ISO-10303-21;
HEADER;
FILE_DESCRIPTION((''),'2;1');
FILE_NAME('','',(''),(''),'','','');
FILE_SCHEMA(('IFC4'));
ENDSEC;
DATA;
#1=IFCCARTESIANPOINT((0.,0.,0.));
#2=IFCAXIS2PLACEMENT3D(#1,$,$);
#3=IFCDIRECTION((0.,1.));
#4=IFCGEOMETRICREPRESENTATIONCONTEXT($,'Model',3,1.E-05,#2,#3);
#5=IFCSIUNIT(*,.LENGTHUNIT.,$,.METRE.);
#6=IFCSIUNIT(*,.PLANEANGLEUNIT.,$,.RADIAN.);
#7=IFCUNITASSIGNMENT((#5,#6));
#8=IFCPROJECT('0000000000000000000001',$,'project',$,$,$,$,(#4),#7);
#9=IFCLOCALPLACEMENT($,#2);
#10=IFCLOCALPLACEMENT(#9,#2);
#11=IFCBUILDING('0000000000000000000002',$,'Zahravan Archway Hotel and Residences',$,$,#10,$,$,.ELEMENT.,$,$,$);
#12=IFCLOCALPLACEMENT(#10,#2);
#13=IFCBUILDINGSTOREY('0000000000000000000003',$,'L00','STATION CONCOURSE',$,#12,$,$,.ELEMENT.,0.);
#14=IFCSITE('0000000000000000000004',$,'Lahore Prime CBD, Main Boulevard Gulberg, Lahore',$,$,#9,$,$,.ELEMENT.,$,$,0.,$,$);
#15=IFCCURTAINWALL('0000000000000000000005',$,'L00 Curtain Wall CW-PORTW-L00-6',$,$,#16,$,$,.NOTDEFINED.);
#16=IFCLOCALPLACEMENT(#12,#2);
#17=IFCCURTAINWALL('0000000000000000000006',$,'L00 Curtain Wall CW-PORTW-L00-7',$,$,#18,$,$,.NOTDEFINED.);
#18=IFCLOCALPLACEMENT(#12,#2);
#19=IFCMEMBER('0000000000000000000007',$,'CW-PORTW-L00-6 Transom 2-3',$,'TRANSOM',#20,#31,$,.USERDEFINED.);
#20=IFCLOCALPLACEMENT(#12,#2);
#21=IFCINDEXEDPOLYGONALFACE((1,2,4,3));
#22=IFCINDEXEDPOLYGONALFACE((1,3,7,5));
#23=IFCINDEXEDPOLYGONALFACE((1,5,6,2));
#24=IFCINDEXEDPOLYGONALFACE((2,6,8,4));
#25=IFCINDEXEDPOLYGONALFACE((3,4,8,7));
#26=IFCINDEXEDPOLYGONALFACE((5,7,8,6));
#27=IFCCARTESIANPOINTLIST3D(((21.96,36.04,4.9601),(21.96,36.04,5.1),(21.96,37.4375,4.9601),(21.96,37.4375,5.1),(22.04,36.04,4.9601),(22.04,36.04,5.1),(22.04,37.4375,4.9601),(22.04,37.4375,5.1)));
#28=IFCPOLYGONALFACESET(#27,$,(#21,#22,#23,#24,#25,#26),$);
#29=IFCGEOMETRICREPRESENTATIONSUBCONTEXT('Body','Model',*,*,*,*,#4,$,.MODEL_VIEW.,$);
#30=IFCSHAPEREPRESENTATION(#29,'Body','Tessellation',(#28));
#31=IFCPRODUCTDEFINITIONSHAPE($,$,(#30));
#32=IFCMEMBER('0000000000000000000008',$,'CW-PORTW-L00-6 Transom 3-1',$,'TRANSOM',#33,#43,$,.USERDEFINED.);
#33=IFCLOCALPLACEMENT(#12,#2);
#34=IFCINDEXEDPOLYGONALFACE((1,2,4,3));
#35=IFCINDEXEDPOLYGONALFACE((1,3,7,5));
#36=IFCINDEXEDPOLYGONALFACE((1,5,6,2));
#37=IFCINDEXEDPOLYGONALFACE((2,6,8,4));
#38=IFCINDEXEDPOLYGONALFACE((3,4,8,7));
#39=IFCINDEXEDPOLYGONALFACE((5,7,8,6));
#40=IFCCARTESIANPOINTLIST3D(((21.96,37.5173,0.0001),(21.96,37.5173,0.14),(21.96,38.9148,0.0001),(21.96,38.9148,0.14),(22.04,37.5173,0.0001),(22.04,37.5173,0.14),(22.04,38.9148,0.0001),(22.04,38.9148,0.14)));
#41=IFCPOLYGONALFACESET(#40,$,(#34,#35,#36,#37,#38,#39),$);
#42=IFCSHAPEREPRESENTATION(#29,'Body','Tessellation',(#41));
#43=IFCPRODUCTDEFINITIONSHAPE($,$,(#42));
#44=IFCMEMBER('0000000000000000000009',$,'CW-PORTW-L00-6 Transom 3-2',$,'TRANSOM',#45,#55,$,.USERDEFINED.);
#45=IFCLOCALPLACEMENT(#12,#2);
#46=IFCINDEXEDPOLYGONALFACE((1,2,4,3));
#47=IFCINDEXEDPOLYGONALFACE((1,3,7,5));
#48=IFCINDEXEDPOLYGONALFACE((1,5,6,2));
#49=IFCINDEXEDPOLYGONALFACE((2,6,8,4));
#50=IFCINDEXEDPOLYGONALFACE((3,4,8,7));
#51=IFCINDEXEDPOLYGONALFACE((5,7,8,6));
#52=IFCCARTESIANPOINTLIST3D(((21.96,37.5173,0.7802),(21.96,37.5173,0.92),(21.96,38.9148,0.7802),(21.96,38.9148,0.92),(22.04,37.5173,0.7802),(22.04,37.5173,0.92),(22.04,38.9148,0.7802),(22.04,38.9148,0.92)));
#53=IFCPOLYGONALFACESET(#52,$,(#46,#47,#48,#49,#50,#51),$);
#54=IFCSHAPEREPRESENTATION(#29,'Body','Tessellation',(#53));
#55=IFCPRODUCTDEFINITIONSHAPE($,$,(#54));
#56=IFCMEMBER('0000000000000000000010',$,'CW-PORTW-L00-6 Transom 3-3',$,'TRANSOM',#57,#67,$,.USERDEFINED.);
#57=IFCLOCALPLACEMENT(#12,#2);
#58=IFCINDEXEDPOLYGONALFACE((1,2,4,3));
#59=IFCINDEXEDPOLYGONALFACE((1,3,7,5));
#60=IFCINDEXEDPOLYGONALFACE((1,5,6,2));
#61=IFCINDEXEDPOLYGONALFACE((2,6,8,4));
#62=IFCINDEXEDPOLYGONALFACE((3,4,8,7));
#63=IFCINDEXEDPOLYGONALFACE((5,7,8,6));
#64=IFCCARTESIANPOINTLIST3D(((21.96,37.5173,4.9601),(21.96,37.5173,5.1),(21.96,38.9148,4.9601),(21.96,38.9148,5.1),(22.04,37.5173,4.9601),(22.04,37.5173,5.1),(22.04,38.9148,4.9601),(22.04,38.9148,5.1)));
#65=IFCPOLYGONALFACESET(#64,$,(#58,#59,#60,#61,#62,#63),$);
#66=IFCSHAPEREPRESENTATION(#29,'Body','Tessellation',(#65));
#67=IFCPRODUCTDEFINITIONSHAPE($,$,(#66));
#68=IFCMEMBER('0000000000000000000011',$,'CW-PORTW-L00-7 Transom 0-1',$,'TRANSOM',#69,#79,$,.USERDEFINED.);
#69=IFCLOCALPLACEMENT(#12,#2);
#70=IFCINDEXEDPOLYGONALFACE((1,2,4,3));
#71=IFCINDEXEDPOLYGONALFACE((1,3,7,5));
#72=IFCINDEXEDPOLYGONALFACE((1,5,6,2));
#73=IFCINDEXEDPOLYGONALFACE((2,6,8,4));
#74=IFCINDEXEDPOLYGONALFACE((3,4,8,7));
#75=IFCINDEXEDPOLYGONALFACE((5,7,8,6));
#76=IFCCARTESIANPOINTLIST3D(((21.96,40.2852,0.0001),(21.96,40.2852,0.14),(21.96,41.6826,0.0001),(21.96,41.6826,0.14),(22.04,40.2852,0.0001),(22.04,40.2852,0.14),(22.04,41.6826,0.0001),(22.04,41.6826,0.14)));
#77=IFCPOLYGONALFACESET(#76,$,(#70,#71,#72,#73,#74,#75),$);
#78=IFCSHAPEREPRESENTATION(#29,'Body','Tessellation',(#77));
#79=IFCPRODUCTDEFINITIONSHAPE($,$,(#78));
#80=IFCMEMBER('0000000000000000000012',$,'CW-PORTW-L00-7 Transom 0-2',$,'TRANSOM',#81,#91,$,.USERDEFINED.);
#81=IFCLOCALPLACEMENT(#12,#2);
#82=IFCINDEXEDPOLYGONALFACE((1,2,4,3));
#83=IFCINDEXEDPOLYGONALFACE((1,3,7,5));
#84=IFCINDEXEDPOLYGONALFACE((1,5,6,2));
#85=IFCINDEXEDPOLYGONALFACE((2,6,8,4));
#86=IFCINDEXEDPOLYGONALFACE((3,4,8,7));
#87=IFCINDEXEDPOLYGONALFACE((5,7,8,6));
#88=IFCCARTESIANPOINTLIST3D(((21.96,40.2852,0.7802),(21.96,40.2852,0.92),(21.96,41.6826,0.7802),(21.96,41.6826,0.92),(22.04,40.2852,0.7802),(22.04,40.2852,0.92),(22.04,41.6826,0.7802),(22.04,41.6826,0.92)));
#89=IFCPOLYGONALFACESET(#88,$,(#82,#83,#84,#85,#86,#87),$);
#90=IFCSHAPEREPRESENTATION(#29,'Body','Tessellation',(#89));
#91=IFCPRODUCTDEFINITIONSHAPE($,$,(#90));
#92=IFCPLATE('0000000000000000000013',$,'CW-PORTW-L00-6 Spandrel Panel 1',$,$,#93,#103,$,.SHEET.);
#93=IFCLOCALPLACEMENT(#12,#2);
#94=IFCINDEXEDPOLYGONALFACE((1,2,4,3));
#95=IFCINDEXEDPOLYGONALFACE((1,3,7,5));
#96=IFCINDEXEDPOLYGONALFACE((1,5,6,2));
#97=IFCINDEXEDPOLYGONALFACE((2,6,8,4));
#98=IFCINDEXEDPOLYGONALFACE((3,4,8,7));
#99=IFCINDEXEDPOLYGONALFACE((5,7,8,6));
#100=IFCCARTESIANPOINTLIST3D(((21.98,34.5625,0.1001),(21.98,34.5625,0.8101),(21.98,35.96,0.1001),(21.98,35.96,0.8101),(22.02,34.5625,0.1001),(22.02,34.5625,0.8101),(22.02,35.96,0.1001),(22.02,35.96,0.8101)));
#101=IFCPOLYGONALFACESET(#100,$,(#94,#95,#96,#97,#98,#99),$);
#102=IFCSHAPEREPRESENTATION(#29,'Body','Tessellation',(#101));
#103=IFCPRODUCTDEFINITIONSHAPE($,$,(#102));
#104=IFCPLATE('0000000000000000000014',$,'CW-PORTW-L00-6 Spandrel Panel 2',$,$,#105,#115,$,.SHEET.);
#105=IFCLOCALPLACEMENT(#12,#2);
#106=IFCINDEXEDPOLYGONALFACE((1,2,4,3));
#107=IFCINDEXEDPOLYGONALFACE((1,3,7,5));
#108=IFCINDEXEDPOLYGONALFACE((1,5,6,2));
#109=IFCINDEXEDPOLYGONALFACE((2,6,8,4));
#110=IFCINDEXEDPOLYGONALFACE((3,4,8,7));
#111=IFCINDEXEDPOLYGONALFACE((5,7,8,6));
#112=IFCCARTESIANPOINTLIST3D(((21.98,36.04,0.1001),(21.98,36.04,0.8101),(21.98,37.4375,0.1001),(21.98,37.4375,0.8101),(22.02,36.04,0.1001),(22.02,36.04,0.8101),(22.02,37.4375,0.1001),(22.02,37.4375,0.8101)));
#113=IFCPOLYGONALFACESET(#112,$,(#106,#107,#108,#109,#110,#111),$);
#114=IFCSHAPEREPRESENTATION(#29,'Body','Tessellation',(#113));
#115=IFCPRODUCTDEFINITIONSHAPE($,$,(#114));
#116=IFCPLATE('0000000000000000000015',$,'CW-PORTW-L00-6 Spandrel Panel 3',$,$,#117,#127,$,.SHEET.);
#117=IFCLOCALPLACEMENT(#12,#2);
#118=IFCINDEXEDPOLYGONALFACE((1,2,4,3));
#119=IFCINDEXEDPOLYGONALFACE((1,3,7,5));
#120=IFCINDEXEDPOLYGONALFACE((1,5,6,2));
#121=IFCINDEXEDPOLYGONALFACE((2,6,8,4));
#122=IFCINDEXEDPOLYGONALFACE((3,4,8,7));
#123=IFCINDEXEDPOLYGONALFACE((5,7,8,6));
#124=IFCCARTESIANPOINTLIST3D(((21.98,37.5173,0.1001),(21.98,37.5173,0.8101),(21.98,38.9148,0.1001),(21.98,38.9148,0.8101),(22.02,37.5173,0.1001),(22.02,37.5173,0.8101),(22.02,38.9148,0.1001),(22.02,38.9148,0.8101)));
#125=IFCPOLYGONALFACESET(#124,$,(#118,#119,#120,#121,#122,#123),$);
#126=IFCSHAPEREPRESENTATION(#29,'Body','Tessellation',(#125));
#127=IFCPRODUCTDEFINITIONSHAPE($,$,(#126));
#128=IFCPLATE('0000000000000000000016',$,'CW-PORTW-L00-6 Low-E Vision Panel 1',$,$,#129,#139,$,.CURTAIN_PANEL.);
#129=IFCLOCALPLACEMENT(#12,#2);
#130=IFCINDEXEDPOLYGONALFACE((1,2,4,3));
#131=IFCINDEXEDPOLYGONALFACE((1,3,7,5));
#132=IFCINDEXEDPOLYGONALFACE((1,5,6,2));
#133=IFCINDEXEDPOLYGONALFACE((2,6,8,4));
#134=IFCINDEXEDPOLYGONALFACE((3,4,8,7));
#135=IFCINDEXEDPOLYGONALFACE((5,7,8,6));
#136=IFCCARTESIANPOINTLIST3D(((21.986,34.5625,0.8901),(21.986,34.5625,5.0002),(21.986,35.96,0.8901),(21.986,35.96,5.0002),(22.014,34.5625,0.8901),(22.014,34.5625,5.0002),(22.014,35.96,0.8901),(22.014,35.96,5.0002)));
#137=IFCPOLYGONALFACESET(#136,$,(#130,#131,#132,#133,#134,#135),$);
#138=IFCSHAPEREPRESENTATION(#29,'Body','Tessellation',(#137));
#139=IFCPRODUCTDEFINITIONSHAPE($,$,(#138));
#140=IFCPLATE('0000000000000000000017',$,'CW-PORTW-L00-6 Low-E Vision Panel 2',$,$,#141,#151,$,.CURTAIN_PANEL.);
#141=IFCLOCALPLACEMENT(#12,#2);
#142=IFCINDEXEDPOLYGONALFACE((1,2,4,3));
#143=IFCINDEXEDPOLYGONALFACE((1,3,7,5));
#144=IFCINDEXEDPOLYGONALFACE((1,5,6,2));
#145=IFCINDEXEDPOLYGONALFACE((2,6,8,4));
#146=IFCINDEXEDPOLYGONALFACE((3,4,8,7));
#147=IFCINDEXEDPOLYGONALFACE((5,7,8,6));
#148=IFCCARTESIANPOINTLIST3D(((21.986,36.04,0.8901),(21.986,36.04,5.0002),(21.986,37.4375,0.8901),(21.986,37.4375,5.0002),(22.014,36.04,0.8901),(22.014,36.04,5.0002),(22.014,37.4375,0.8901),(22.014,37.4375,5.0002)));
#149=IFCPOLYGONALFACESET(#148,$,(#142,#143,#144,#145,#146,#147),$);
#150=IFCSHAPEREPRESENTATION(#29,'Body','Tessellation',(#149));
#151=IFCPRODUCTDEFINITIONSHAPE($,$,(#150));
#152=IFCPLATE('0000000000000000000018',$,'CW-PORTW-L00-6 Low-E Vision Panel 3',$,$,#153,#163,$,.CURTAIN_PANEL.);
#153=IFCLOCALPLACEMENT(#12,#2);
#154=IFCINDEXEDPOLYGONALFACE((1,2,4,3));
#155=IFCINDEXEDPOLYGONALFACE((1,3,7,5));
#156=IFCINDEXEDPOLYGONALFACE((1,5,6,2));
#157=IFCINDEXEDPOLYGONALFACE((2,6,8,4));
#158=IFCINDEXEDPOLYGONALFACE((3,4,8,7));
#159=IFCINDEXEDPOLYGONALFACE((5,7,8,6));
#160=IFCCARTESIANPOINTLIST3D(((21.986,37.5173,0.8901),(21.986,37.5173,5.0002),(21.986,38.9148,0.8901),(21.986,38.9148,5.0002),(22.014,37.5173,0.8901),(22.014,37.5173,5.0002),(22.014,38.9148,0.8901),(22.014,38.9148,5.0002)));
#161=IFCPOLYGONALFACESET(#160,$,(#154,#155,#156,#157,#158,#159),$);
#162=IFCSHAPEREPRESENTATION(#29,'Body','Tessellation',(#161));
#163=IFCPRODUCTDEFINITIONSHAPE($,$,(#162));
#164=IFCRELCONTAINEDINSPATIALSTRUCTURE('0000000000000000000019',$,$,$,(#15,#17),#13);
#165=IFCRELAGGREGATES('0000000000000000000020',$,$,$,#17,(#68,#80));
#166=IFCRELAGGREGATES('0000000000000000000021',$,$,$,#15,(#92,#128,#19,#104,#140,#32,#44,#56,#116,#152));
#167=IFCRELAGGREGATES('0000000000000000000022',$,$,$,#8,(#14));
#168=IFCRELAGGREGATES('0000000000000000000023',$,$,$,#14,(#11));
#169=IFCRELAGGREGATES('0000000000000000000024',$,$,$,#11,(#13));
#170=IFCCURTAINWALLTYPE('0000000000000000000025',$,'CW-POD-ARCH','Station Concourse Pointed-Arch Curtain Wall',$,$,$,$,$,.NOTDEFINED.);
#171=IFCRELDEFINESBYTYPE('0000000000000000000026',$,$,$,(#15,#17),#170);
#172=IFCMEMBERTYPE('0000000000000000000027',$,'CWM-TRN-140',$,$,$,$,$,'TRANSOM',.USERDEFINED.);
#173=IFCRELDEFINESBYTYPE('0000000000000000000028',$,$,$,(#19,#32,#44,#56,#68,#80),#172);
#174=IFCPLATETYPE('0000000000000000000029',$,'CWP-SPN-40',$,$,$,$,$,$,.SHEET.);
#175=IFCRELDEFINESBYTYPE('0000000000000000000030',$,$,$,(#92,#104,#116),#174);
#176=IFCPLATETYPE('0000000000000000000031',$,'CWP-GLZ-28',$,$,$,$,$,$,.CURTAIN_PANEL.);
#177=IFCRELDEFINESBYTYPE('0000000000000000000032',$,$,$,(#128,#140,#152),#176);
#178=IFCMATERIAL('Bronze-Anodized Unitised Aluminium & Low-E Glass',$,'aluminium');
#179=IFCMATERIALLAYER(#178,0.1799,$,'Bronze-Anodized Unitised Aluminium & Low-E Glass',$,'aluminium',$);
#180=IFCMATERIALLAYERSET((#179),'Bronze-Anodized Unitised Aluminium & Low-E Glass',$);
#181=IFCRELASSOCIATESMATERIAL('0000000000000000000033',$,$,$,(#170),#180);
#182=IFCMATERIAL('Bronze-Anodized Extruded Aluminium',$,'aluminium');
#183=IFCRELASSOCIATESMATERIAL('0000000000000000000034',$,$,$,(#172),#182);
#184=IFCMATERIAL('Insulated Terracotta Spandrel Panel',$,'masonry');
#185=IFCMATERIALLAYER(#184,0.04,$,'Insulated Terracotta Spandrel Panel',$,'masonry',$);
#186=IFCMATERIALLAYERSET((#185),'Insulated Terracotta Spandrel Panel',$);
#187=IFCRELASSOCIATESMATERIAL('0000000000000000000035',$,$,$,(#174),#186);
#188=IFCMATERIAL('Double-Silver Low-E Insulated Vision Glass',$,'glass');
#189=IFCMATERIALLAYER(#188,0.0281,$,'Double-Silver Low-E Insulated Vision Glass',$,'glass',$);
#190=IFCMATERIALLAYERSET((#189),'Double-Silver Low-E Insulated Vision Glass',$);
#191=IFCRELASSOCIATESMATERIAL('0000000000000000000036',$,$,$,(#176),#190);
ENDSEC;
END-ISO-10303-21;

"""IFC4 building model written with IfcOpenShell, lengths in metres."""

from ifc_helpers import new_model, si_unit, direction, frame, origin, origin_2d, place, context, subcontext, project, spatial, rectangle, extrude, source, transform, mapped, material, layer, layer_set, material_profile, profile_set, type_object, element, aggregate, save


model = new_model("IFC4")

# Units and contexts
model_context = context("Model", 3, precision=1e-05, world=origin(), true_north=direction((0.0, 1.0)))
body_context = subcontext(model_context, "Body", "Model", "MODEL_VIEW")
ifc_project = project(units=[si_unit("LENGTHUNIT", "METRE"), si_unit("PLANEANGLEUNIT", "RADIAN")], contexts=[model_context])

# Site, building, storey
site_placement = place(None, origin())
site = spatial("IfcSite", under=ifc_project, at=site_placement, Name="Lahore Prime CBD, Main Boulevard Gulberg, Lahore", CompositionType="ELEMENT", RefElevation=0.0)
building_placement = place(site_placement, origin())
building = spatial("IfcBuilding", under=site, at=building_placement, Name="Zahravan Archway Hotel and Residences", CompositionType="ELEMENT")
storey_placement = place(building_placement, origin())
storey = spatial("IfcBuildingStorey", under=building, at=storey_placement, Name="L00", Description="STATION CONCOURSE", CompositionType="ELEMENT", Elevation=0.0)

# Curtain wall
ifc_material_1 = material(Name="Bronze-Anodized Unitised Aluminium & Low-E Glass", Category="aluminium")
ifc_layer_1 = layer(ifc_material_1, 0.1799, Name="Bronze-Anodized Unitised Aluminium & Low-E Glass", Category="aluminium")
ifc_layer_set_1 = layer_set([ifc_layer_1], Name="Bronze-Anodized Unitised Aluminium & Low-E Glass")
curtain_wall_type = type_object("IfcCurtainWallType", Name="CW-POD-ARCH", Description="Station Concourse Pointed-Arch Curtain Wall", PredefinedType="NOTDEFINED", material=ifc_layer_set_1)
curtain_wall_1_placement = place(storey_placement, origin())
curtain_wall_1 = element("IfcCurtainWall", 1, at=curtain_wall_1_placement, inside=storey, type_object=curtain_wall_type, Name="L00 Curtain Wall CW-PORTW-L00-6", PredefinedType="NOTDEFINED")
ifc_material_2 = material(Name="Bronze-Anodized Extruded Aluminium", Category="aluminium")

# Curtain wall
curtain_wall_2_placement = place(storey_placement, origin())
curtain_wall_2 = element("IfcCurtainWall", 2, at=curtain_wall_2_placement, inside=storey, type_object=curtain_wall_type, Name="L00 Curtain Wall CW-PORTW-L00-7", PredefinedType="NOTDEFINED")

# Members
ifc_material_profile_1 = material_profile(ifc_material_2, rectangle(XDim=0.0801, YDim=0.1399, at=origin_2d()), Name="TRN 80x140", Category="aluminium")
ifc_profile_set_1 = profile_set([ifc_material_profile_1], Name="Bronze-Anodized Extruded Aluminium")
member_type_1 = type_object("IfcMemberType", Name="CWM-TRN-140", ElementType="TRANSOM", PredefinedType="USERDEFINED", material=ifc_profile_set_1)
shared_shape_1 = source(origin(), body_context, "Body", "SweptSolid", [
    extrude(rectangle(XDim=0.0801, YDim=0.1399, at=origin_2d()), origin(), (0.0, 0.0, 1.0), 1.3975),
])
member_1_placement = place(storey_placement, frame((22.0, 36.04, 5.03), z_axis=(0.0, 1.0, 0.0), x_axis=(-1.0, 0.0, 0.0)))
member_1 = element("IfcMember", 3, at=member_1_placement, type_object=member_type_1, Name="CW-PORTW-L00-6 Transom 2-3", ObjectType="TRANSOM", PredefinedType="USERDEFINED", context=body_context, shape_type="MappedRepresentation", body=[
    mapped(shared_shape_1, transform((0.0, 0.0, 0.0), scale=1.0)),
])
member_2_placement = place(storey_placement, frame((22.0, 37.5173, 0.0701), z_axis=(0.0, 1.0, 0.0), x_axis=(-1.0, 0.0, 0.0)))
member_2 = element("IfcMember", 4, at=member_2_placement, type_object=member_type_1, Name="CW-PORTW-L00-6 Transom 3-1", ObjectType="TRANSOM", PredefinedType="USERDEFINED", context=body_context, shape_type="MappedRepresentation", body=[
    mapped(shared_shape_1, transform((0.0, 0.0, 0.0), scale=1.0)),
])
member_3_placement = place(storey_placement, frame((22.0, 37.5173, 0.8501), z_axis=(0.0, 1.0, 0.0), x_axis=(-1.0, 0.0, 0.0)))
member_3 = element("IfcMember", 5, at=member_3_placement, type_object=member_type_1, Name="CW-PORTW-L00-6 Transom 3-2", ObjectType="TRANSOM", PredefinedType="USERDEFINED", context=body_context, shape_type="MappedRepresentation", body=[
    mapped(shared_shape_1, transform((0.0, 0.0, 0.0), scale=1.0)),
])
member_4_placement = place(storey_placement, frame((22.0, 37.5173, 5.03), z_axis=(0.0, 1.0, 0.0), x_axis=(-1.0, 0.0, 0.0)))
member_4 = element("IfcMember", 6, at=member_4_placement, type_object=member_type_1, Name="CW-PORTW-L00-6 Transom 3-3", ObjectType="TRANSOM", PredefinedType="USERDEFINED", context=body_context, shape_type="MappedRepresentation", body=[
    mapped(shared_shape_1, transform((0.0, 0.0, 0.0), scale=1.0)),
])
member_5_placement = place(storey_placement, frame((22.0, 40.2852, 0.0701), z_axis=(0.0, 1.0, 0.0), x_axis=(-1.0, 0.0, 0.0)))
member_5 = element("IfcMember", 7, at=member_5_placement, type_object=member_type_1, Name="CW-PORTW-L00-7 Transom 0-1", ObjectType="TRANSOM", PredefinedType="USERDEFINED", context=body_context, shape_type="MappedRepresentation", body=[
    mapped(shared_shape_1, transform((0.0, 0.0, 0.0), scale=1.0)),
])
member_6_placement = place(storey_placement, frame((22.0, 40.2852, 0.8501), z_axis=(0.0, 1.0, 0.0), x_axis=(-1.0, 0.0, 0.0)))
member_6 = element("IfcMember", 8, at=member_6_placement, type_object=member_type_1, Name="CW-PORTW-L00-7 Transom 0-2", ObjectType="TRANSOM", PredefinedType="USERDEFINED", context=body_context, shape_type="MappedRepresentation", body=[
    mapped(shared_shape_1, transform((0.0, 0.0, 0.0), scale=1.0)),
])
aggregate(curtain_wall_2, [member_5, member_6])

# Plates
ifc_material_3 = material(Name="Insulated Terracotta Spandrel Panel", Category="masonry")
ifc_layer_2 = layer(ifc_material_3, 0.04, Name="Insulated Terracotta Spandrel Panel", Category="masonry")
ifc_layer_set_2 = layer_set([ifc_layer_2], Name="Insulated Terracotta Spandrel Panel")
plate_type_1 = type_object("IfcPlateType", Name="CWP-SPN-40", PredefinedType="SHEET", material=ifc_layer_set_2)
shared_shape_2 = source(origin(), body_context, "Body", "SweptSolid", [
    extrude(rectangle(XDim=1.3975, YDim=0.04, at=origin_2d()), origin(), (0.0, 0.0, 1.0), 0.71),
])
plate_1_placement = place(storey_placement, frame((22.0, 35.2612, 0.1001), z_axis=(0.0, 0.0, 1.0), x_axis=(0.0, 1.0, 0.0)))
plate_1 = element("IfcPlate", 9, at=plate_1_placement, type_object=plate_type_1, Name="CW-PORTW-L00-6 Spandrel Panel 1", PredefinedType="SHEET", context=body_context, shape_type="MappedRepresentation", body=[
    mapped(shared_shape_2, transform((0.0, 0.0, 0.0), scale=1.0)),
])
plate_2_placement = place(storey_placement, frame((22.0, 36.7388, 0.1001), z_axis=(0.0, 0.0, 1.0), x_axis=(0.0, 1.0, 0.0)))
plate_2 = element("IfcPlate", 10, at=plate_2_placement, type_object=plate_type_1, Name="CW-PORTW-L00-6 Spandrel Panel 2", PredefinedType="SHEET", context=body_context, shape_type="MappedRepresentation", body=[
    mapped(shared_shape_2, transform((0.0, 0.0, 0.0), scale=1.0)),
])
plate_3_placement = place(storey_placement, frame((22.0, 38.2161, 0.1001), z_axis=(0.0, 0.0, 1.0), x_axis=(0.0, 1.0, 0.0)))
plate_3 = element("IfcPlate", 11, at=plate_3_placement, type_object=plate_type_1, Name="CW-PORTW-L00-6 Spandrel Panel 3", PredefinedType="SHEET", context=body_context, shape_type="MappedRepresentation", body=[
    mapped(shared_shape_2, transform((0.0, 0.0, 0.0), scale=1.0)),
])
ifc_material_4 = material(Name="Double-Silver Low-E Insulated Vision Glass", Category="glass")
ifc_layer_3 = layer(ifc_material_4, 0.0281, Name="Double-Silver Low-E Insulated Vision Glass", Category="glass")
ifc_layer_set_3 = layer_set([ifc_layer_3], Name="Double-Silver Low-E Insulated Vision Glass")
plate_type_2 = type_object("IfcPlateType", Name="CWP-GLZ-28", PredefinedType="CURTAIN_PANEL", material=ifc_layer_set_3)
shared_shape_3 = source(origin(), body_context, "Body", "SweptSolid", [
    extrude(rectangle(XDim=1.3975, YDim=0.0281, at=origin_2d()), origin(), (0.0, 0.0, 1.0), 4.1101),
])
plate_4_placement = place(storey_placement, frame((22.0, 35.2612, 0.8901), z_axis=(0.0, 0.0, 1.0), x_axis=(0.0, 1.0, 0.0)))
plate_4 = element("IfcPlate", 12, at=plate_4_placement, type_object=plate_type_2, Name="CW-PORTW-L00-6 Low-E Vision Panel 1", PredefinedType="CURTAIN_PANEL", context=body_context, shape_type="MappedRepresentation", body=[
    mapped(shared_shape_3, transform((0.0, 0.0, 0.0), scale=1.0)),
])
plate_5_placement = place(storey_placement, frame((22.0, 36.7388, 0.8901), z_axis=(0.0, 0.0, 1.0), x_axis=(0.0, 1.0, 0.0)))
plate_5 = element("IfcPlate", 13, at=plate_5_placement, type_object=plate_type_2, Name="CW-PORTW-L00-6 Low-E Vision Panel 2", PredefinedType="CURTAIN_PANEL", context=body_context, shape_type="MappedRepresentation", body=[
    mapped(shared_shape_3, transform((0.0, 0.0, 0.0), scale=1.0)),
])
plate_6_placement = place(storey_placement, frame((22.0, 38.2161, 0.8901), z_axis=(0.0, 0.0, 1.0), x_axis=(0.0, 1.0, 0.0)))
plate_6 = element("IfcPlate", 14, at=plate_6_placement, type_object=plate_type_2, Name="CW-PORTW-L00-6 Low-E Vision Panel 3", PredefinedType="CURTAIN_PANEL", context=body_context, shape_type="MappedRepresentation", body=[
    mapped(shared_shape_3, transform((0.0, 0.0, 0.0), scale=1.0)),
])
aggregate(curtain_wall_1, [plate_1, plate_4, member_1, plate_2, plate_5, member_2, member_3, member_4, plate_3, plate_6])

save(model, "model.ifc")
